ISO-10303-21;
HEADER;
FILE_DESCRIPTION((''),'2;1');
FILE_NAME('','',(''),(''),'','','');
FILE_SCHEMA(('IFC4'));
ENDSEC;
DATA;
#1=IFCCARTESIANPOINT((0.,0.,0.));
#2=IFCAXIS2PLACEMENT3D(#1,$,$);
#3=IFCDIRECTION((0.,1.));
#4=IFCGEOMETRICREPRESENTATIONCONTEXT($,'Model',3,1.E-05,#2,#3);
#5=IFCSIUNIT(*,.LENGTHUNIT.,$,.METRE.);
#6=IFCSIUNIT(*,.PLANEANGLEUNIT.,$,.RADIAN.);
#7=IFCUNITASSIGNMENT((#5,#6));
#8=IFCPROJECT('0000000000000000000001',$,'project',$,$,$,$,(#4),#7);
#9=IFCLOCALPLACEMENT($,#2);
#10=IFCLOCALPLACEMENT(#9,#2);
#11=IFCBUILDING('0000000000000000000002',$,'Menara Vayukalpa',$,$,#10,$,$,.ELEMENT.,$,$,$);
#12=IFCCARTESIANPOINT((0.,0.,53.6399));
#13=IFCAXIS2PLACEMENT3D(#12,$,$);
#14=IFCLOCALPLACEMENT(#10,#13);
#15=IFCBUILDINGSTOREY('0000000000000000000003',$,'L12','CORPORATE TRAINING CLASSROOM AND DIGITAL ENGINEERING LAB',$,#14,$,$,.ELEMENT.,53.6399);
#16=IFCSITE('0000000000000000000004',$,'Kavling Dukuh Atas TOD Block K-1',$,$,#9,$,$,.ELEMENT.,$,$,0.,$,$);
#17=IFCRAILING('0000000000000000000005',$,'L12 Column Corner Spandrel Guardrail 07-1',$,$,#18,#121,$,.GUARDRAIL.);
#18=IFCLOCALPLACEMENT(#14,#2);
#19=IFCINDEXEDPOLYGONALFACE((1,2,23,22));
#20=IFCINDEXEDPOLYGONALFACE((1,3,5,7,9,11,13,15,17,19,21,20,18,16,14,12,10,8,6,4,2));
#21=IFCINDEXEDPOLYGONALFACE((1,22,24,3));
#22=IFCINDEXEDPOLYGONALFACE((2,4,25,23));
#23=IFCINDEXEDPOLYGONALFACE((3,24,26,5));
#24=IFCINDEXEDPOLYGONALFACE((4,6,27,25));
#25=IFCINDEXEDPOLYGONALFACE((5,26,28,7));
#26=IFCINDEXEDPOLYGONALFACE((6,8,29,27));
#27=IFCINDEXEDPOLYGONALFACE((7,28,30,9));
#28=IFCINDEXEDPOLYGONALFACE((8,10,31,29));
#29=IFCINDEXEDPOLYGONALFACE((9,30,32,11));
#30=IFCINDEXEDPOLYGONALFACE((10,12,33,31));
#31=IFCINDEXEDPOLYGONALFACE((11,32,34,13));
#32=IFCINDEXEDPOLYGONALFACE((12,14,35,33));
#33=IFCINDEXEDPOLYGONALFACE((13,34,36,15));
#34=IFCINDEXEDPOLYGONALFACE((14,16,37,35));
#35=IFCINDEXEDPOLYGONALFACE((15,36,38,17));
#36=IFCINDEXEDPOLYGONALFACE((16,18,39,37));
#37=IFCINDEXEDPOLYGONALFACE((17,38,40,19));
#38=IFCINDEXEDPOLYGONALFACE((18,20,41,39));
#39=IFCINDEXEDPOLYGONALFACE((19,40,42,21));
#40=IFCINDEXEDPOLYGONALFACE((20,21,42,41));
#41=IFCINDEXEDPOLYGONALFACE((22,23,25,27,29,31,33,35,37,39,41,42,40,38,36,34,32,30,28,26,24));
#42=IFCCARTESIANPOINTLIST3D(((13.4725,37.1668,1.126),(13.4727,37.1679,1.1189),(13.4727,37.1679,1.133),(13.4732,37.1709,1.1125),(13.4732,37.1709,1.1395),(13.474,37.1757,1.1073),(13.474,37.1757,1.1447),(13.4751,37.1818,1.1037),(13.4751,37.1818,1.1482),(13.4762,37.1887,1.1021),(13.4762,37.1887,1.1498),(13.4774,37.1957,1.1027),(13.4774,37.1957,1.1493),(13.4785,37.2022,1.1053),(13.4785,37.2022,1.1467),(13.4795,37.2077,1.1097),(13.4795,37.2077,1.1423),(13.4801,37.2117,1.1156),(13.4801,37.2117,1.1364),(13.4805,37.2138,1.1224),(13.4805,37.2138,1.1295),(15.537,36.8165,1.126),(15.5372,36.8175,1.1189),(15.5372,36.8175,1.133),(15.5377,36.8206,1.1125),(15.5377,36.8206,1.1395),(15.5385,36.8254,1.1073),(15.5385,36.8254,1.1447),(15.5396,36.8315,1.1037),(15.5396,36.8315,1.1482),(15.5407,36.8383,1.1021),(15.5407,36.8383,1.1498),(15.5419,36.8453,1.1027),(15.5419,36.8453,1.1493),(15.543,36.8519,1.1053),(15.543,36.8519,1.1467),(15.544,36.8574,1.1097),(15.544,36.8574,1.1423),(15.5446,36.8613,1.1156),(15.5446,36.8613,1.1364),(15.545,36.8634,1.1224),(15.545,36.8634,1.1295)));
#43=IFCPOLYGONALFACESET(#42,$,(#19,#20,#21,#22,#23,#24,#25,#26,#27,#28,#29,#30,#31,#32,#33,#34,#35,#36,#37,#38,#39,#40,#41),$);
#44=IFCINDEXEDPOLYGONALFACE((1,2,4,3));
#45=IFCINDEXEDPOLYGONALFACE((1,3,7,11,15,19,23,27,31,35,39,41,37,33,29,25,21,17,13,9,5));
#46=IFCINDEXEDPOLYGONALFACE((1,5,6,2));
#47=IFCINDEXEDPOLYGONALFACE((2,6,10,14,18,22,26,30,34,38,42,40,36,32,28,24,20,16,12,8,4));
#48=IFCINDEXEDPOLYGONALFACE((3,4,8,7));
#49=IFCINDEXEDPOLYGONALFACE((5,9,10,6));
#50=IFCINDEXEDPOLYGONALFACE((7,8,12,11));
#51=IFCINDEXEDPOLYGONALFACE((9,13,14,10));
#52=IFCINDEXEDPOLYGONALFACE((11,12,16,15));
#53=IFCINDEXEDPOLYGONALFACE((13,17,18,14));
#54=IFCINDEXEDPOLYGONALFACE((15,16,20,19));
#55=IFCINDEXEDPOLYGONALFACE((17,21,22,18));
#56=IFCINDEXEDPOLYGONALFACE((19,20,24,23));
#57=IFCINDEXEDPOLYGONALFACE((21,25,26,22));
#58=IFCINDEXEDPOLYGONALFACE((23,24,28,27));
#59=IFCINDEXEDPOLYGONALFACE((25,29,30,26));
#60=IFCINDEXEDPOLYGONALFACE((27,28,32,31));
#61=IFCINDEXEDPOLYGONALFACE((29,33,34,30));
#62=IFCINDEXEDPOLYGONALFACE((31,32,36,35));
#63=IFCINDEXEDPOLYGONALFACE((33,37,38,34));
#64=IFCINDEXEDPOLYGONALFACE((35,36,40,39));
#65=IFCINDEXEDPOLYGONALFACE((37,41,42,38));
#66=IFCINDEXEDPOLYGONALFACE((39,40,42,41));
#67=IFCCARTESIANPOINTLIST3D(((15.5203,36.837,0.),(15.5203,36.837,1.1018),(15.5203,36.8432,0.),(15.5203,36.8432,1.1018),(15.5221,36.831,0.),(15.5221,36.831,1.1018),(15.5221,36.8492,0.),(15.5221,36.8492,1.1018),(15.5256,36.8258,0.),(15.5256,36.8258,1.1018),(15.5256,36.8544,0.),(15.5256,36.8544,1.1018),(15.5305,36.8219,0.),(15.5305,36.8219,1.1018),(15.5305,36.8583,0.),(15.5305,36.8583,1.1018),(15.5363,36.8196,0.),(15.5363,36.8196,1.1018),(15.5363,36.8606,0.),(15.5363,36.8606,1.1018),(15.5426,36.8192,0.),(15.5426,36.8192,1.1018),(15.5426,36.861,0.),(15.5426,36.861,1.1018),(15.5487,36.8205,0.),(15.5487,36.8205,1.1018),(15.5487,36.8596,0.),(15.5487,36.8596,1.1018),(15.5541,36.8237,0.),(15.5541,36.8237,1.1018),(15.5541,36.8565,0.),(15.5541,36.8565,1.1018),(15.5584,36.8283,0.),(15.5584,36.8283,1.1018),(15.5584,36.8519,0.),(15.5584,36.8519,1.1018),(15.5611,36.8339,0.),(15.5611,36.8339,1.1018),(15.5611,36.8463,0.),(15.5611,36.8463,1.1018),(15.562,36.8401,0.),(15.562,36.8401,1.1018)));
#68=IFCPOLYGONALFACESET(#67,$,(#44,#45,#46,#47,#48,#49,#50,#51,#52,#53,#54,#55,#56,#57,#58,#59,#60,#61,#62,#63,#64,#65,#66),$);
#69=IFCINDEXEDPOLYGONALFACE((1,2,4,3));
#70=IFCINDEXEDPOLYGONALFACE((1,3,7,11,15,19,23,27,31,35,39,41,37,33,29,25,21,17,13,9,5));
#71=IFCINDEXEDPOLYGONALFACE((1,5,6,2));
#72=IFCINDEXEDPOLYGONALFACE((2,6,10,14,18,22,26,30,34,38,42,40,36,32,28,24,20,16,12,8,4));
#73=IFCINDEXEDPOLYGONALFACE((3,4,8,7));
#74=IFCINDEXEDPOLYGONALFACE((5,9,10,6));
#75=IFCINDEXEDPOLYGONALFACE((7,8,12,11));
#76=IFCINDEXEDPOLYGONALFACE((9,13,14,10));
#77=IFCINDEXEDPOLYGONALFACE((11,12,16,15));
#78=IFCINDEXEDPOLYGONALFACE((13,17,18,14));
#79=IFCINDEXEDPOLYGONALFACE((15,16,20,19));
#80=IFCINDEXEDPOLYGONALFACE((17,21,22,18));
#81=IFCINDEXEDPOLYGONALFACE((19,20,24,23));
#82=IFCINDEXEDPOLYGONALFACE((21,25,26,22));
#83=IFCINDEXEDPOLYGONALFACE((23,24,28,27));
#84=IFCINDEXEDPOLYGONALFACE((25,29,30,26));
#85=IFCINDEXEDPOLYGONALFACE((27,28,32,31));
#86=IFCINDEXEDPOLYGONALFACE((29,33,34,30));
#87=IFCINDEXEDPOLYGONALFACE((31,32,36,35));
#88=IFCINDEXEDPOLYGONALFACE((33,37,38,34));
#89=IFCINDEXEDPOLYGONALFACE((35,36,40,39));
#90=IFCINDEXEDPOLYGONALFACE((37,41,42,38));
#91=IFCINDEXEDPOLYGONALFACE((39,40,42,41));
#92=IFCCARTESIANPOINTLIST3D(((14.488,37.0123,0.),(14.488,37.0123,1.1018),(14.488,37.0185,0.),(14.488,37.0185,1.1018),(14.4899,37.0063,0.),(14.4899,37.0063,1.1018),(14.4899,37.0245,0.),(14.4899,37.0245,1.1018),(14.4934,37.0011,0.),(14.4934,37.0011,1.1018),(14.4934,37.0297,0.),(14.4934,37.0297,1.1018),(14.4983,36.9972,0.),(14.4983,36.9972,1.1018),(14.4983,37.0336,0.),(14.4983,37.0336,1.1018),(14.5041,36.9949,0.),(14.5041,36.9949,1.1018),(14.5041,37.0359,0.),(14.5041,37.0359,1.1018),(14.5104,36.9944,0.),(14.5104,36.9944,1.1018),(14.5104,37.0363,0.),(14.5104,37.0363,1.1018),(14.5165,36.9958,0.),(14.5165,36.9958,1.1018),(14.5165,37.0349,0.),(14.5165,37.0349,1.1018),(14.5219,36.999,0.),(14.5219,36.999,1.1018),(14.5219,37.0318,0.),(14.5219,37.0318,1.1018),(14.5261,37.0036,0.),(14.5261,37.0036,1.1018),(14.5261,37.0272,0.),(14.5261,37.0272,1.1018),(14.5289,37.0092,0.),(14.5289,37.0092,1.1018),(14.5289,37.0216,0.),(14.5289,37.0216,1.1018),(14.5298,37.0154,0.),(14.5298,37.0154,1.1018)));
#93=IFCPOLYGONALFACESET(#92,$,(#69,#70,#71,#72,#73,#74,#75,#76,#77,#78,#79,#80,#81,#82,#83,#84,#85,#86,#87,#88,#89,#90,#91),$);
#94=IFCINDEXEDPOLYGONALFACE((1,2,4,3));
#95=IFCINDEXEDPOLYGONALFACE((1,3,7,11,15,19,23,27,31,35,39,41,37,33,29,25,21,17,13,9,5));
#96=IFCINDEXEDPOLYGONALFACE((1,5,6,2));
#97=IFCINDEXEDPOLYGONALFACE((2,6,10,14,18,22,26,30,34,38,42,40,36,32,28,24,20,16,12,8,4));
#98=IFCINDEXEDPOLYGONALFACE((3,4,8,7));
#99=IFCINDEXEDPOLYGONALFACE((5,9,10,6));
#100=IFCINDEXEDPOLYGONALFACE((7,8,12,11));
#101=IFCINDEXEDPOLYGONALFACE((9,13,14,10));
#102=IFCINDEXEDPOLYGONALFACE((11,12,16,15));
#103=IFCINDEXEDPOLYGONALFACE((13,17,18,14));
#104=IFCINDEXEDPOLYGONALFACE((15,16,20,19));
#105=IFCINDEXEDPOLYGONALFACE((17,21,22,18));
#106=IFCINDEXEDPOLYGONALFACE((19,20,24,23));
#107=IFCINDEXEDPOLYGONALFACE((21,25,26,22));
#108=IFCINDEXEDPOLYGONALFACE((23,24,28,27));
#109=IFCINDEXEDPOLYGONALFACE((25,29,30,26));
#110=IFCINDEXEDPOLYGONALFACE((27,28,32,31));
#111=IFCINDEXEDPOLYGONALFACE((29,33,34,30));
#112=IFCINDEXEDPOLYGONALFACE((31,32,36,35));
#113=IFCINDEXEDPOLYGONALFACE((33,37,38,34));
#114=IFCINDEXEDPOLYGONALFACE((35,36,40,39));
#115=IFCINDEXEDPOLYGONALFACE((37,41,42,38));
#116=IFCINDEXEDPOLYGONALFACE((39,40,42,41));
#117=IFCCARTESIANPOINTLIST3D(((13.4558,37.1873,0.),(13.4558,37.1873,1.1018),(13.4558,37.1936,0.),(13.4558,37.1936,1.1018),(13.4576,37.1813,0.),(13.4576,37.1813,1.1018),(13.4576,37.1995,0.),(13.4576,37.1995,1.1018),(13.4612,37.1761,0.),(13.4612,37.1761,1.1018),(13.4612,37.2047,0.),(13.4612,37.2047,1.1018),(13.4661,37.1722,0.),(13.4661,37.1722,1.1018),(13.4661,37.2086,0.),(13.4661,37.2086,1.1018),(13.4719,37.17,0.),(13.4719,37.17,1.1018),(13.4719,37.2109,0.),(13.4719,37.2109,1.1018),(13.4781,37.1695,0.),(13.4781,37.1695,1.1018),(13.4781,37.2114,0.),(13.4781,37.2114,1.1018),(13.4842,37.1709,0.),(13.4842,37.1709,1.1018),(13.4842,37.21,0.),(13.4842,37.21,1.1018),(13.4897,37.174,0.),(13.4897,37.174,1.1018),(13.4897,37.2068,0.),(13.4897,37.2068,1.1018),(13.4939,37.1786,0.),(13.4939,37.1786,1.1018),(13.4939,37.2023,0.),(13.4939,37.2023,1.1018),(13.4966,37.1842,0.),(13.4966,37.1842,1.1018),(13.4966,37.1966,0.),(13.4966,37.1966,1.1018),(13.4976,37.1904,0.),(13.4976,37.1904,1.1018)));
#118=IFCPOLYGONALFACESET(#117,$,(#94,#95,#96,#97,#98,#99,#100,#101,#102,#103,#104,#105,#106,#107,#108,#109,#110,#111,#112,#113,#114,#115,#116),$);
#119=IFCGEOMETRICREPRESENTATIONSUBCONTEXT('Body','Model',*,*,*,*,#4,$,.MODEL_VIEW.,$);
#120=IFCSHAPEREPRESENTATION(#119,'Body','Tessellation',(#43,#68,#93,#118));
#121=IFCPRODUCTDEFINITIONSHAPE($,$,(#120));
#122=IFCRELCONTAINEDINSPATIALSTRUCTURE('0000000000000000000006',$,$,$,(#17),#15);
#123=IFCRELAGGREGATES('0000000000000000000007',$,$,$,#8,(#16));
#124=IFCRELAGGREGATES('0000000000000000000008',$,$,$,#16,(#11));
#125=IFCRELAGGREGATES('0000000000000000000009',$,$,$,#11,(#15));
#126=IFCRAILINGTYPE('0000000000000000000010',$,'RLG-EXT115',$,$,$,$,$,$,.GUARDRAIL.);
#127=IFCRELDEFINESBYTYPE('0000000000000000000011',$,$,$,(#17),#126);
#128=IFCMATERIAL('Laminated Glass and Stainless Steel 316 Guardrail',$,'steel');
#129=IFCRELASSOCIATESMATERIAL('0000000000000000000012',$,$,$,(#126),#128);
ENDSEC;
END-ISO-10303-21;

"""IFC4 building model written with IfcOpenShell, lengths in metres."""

from ifc_helpers import new_model, si_unit, direction, frame, origin, origin_2d, place, context, subcontext, project, spatial, circle, extrude, material, type_object, element, save


model = new_model("IFC4")

# Units and contexts
model_context = context("Model", 3, precision=1e-05, world=origin(), true_north=direction((0.0, 1.0)))
body_context = subcontext(model_context, "Body", "Model", "MODEL_VIEW")
ifc_project = project(units=[si_unit("LENGTHUNIT", "METRE"), si_unit("PLANEANGLEUNIT", "RADIAN")], contexts=[model_context])

# Site, building, storey
site_placement = place(None, origin())
site = spatial("IfcSite", under=ifc_project, at=site_placement, Name="Kavling Dukuh Atas TOD Block K-1", CompositionType="ELEMENT", RefElevation=0.0)
building_placement = place(site_placement, origin())
building = spatial("IfcBuilding", under=site, at=building_placement, Name="Menara Vayukalpa", CompositionType="ELEMENT")
storey_placement = place(building_placement, frame((0.0, 0.0, 53.6399)))
storey = spatial("IfcBuildingStorey", under=building, at=storey_placement, Name="L12", Description="CORPORATE TRAINING CLASSROOM AND DIGITAL ENGINEERING LAB", CompositionType="ELEMENT", Elevation=53.6399)

# Railing
ifc_material_1 = material(Name="Laminated Glass and Stainless Steel 316 Guardrail", Category="steel")
railing_type = type_object("IfcRailingType", Name="RLG-EXT115", PredefinedType="GUARDRAIL", material=ifc_material_1)
railing_1_placement = place(storey_placement, frame((15.541, 36.8401, 0.0)))
element("IfcRailing", 1, at=railing_1_placement, inside=storey, type_object=railing_type, Name="L12 Column Corner Spandrel Guardrail 07-1", PredefinedType="GUARDRAIL", context=body_context, shape_type="SweptSolid", body=[
    extrude(circle(Radius=0.0239, at=origin_2d()), frame((0.0, 0.0, 1.126), z_axis=(-0.985904, 0.16731, 0.0), x_axis=(-0.16731, -0.985904, 0.0)), (0.0, 0.0, 1.0), 2.094),
    extrude(circle(Radius=0.021, at=origin_2d()), origin(), (0.0, 0.0, 1.0), 1.1018),
    extrude(circle(Radius=0.021, at=origin_2d()), frame((-1.0322, 0.1753, 0.0)), (0.0, 0.0, 1.0), 1.1018),
    extrude(circle(Radius=0.021, at=origin_2d()), frame((-2.0645, 0.3503, 0.0)), (0.0, 0.0, 1.0), 1.1018),
])

save(model, "model.ifc")
